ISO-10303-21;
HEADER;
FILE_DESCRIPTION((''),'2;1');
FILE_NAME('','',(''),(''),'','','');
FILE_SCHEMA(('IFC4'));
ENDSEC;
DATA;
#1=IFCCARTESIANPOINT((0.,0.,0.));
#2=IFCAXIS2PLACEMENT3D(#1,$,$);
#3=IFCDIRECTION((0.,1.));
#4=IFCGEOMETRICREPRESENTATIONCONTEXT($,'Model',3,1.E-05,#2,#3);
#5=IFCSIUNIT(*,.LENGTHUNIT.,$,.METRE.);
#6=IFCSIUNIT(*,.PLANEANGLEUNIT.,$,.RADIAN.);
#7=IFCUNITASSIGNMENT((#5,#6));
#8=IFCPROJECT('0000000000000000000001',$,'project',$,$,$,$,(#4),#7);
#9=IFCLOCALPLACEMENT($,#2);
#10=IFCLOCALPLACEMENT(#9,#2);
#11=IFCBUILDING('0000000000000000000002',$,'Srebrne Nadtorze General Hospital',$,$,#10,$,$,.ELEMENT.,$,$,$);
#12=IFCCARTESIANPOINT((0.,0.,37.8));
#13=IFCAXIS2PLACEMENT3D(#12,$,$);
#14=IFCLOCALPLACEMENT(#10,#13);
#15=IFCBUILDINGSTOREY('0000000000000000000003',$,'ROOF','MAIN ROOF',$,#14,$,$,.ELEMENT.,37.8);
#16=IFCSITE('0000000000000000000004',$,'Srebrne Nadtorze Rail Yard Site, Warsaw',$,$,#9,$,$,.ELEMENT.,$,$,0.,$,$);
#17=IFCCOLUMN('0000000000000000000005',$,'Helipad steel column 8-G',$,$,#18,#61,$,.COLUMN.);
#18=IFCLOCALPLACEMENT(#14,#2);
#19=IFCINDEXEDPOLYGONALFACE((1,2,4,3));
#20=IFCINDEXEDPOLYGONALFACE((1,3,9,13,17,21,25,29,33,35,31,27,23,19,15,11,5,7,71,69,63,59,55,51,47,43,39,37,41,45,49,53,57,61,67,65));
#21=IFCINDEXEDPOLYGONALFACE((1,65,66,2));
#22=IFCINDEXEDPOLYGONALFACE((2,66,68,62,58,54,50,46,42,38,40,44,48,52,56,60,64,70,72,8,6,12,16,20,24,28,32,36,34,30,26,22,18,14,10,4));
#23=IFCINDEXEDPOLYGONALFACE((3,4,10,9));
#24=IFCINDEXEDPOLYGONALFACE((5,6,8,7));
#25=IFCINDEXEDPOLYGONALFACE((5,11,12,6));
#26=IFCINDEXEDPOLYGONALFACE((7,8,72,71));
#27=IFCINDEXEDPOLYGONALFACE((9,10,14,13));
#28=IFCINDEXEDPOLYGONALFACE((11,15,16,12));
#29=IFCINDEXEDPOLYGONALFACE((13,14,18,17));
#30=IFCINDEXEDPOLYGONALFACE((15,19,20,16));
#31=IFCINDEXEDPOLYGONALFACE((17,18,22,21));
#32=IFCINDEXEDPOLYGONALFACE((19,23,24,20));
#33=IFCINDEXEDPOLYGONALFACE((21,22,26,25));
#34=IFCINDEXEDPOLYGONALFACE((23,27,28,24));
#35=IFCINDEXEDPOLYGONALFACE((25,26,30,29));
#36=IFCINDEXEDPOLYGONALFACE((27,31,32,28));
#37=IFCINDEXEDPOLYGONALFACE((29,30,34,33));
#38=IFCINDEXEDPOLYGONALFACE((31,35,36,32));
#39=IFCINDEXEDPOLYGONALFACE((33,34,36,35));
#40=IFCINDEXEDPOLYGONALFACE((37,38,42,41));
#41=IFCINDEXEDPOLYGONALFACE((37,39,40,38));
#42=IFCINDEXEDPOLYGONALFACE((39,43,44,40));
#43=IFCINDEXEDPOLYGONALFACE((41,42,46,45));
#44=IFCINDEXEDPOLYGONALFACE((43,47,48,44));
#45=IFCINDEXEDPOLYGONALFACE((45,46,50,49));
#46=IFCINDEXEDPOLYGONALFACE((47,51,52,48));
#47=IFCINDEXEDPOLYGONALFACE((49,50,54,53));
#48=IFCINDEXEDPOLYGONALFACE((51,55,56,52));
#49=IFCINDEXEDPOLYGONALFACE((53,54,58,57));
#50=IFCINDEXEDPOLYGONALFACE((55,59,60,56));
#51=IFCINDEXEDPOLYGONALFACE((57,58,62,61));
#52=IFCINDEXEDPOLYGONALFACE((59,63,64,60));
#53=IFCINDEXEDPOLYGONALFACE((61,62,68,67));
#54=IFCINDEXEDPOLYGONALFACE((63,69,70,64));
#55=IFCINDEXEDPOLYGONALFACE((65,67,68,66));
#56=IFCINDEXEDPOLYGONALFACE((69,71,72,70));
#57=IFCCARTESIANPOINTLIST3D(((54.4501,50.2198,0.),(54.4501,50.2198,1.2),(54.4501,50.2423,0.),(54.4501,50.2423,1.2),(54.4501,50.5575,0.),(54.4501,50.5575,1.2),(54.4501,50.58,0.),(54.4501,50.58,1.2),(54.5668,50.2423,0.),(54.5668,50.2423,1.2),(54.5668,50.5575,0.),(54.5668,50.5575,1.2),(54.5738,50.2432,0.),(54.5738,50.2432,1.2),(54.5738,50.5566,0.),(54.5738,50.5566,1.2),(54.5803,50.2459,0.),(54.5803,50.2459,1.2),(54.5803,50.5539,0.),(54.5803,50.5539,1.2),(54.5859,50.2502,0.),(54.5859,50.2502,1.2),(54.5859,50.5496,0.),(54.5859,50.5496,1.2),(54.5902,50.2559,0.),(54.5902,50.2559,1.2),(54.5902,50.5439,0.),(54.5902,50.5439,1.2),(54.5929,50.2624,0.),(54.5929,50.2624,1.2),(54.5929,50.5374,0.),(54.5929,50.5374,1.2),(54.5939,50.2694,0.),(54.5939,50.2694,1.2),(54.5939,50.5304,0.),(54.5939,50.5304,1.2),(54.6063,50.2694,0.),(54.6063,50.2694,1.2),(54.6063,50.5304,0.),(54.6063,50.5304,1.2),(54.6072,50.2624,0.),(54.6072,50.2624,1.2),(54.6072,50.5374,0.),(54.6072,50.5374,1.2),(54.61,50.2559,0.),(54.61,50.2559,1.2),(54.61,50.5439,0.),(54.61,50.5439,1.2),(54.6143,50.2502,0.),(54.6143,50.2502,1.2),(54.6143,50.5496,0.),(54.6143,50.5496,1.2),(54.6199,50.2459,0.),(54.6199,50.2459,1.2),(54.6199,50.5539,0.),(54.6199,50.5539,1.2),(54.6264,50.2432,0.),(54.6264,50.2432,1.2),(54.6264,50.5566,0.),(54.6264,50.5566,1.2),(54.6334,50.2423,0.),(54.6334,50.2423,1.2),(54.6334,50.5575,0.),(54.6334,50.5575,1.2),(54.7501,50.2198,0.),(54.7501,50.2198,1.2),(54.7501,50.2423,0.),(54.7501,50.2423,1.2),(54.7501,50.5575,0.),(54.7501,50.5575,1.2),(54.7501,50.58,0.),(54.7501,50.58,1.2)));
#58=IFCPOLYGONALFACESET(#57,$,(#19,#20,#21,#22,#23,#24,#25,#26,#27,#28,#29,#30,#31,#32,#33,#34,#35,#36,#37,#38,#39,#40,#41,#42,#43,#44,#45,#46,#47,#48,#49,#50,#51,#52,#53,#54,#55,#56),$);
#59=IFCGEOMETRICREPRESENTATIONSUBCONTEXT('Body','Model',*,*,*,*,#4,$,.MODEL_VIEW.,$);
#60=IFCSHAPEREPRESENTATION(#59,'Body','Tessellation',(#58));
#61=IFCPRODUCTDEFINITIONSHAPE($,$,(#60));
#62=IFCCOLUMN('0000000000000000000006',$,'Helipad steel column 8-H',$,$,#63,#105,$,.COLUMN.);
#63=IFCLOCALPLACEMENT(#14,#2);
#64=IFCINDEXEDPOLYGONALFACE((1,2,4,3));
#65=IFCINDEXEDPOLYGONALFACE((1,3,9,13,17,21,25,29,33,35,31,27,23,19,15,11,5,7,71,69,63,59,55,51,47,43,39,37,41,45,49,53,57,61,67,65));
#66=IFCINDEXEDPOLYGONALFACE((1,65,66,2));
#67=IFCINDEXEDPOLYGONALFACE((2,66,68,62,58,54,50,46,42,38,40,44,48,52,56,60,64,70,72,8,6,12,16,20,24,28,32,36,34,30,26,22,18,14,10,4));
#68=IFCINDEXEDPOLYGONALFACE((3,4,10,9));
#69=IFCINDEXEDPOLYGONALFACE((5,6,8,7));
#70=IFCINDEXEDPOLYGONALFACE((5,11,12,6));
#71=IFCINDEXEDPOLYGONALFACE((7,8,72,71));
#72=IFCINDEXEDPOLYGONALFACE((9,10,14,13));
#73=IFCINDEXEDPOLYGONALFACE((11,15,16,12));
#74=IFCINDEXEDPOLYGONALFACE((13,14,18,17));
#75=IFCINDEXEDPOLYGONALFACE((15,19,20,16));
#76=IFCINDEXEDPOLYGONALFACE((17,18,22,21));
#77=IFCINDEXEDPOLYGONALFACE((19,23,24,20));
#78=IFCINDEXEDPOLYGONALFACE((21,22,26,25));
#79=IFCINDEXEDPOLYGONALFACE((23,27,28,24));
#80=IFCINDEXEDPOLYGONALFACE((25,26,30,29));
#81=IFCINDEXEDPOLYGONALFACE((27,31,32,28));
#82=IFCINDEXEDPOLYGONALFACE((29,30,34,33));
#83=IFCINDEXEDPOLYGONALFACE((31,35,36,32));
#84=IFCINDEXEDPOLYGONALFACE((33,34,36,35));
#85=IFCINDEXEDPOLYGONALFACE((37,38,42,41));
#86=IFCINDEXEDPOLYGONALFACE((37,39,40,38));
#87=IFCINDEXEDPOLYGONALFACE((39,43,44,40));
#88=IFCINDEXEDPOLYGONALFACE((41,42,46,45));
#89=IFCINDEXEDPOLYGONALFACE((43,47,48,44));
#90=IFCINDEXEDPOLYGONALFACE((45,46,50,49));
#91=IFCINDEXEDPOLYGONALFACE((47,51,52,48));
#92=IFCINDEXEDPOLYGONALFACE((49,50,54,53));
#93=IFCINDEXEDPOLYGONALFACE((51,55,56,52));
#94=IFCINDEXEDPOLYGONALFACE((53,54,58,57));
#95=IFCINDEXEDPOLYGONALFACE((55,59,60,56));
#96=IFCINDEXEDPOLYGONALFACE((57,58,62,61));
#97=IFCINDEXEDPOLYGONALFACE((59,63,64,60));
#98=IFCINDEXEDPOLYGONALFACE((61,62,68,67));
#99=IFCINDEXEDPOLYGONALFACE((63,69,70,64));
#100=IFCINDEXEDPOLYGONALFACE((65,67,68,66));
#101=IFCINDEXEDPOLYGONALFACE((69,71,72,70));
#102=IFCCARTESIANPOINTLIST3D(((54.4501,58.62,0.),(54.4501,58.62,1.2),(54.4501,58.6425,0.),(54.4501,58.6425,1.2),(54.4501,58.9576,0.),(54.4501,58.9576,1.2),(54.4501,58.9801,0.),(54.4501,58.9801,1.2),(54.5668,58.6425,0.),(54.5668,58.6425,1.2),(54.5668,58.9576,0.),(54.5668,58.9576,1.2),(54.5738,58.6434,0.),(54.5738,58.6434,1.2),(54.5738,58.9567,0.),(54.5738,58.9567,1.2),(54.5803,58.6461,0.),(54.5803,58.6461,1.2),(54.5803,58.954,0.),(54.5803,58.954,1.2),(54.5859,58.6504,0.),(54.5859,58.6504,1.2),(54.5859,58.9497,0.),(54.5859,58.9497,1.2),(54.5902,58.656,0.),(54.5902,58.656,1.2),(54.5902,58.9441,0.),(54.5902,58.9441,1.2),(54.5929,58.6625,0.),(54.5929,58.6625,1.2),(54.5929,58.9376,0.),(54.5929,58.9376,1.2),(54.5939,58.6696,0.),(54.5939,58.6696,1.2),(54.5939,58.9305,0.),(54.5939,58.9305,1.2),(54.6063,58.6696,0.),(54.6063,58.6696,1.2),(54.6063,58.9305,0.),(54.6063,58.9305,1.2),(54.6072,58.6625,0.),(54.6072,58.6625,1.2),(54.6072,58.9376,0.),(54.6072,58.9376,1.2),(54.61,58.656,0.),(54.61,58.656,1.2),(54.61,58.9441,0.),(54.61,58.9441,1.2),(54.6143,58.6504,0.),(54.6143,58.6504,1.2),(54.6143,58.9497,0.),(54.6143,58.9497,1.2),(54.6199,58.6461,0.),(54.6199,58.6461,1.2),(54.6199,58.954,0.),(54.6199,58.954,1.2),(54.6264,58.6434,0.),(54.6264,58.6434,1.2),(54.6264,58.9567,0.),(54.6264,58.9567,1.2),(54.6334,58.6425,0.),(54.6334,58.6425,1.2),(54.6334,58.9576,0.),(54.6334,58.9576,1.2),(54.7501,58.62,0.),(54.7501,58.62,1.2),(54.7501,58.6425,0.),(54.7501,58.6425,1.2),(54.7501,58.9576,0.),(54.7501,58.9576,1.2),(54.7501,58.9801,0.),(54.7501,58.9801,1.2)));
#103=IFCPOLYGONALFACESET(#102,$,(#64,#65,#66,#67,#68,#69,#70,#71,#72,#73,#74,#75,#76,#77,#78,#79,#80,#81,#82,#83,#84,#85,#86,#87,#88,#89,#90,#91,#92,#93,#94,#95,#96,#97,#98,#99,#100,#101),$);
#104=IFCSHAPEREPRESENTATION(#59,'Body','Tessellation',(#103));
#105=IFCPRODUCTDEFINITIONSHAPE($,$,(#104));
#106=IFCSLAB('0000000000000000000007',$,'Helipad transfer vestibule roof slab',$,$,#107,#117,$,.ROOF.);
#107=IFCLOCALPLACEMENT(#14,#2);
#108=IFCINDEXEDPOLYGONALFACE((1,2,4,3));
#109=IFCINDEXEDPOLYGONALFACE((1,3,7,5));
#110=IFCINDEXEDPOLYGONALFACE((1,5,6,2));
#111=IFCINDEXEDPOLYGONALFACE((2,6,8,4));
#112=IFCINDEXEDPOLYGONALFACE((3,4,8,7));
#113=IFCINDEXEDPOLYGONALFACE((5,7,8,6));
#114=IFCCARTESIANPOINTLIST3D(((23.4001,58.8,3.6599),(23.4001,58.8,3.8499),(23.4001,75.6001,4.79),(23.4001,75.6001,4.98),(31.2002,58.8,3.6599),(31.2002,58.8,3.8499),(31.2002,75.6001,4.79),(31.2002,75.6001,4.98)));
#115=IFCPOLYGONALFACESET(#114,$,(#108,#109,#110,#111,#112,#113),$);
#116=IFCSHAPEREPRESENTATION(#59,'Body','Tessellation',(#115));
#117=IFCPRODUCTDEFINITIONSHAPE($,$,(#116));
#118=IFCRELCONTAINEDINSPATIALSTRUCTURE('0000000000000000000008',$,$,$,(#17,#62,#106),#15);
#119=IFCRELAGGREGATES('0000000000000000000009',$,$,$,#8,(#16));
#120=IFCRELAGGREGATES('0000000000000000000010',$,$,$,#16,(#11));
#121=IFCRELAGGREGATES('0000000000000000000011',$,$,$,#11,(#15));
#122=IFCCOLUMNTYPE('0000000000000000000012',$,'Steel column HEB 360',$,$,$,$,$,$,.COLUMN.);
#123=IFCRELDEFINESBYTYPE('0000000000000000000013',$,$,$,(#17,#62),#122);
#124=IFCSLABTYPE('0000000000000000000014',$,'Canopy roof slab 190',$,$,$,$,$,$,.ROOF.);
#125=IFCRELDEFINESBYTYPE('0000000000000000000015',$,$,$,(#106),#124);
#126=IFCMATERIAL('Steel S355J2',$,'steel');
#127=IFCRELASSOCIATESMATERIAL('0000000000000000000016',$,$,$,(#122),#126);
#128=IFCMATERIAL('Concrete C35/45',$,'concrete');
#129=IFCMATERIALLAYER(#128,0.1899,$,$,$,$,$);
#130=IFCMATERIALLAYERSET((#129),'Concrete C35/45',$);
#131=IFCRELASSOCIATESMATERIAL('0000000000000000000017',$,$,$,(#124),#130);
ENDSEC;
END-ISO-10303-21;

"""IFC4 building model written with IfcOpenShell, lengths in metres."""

from ifc_helpers import new_model, si_unit, direction, frame, origin, origin_2d, place, context, subcontext, project, spatial, polyline, i_section, outline, extrude, material, layer, layer_set, material_profile, profile_set, type_object, element, save


model = new_model("IFC4")

# Units and contexts
model_context = context("Model", 3, precision=1e-05, world=origin(), true_north=direction((0.0, 1.0)))
body_context = subcontext(model_context, "Body", "Model", "MODEL_VIEW")
ifc_project = project(units=[si_unit("LENGTHUNIT", "METRE"), si_unit("PLANEANGLEUNIT", "RADIAN")], contexts=[model_context])

# Site, building, storey
site_placement = place(None, origin())
site = spatial("IfcSite", under=ifc_project, at=site_placement, Name="Srebrne Nadtorze Rail Yard Site, Warsaw", CompositionType="ELEMENT", RefElevation=0.0)
building_placement = place(site_placement, origin())
building = spatial("IfcBuilding", under=site, at=building_placement, Name="Srebrne Nadtorze General Hospital", CompositionType="ELEMENT")
storey_placement = place(building_placement, frame((0.0, 0.0, 37.8)))
storey = spatial("IfcBuildingStorey", under=building, at=storey_placement, Name="ROOF", Description="MAIN ROOF", CompositionType="ELEMENT", Elevation=37.8)

# Columns
ifc_material_1 = material(Name="Steel S355J2", Category="steel")
ifc_material_profile_1 = material_profile(ifc_material_1, i_section(OverallWidth=0.3, OverallDepth=0.3601, WebThickness=0.0125, FlangeThickness=0.0225, FilletRadius=0.0271, at=origin_2d()), Name="HEB-360")
ifc_profile_set_1 = profile_set([ifc_material_profile_1], Name="Steel S355J2")
column_type_1 = type_object("IfcColumnType", Name="Steel column HEB 360", PredefinedType="COLUMN", material=ifc_profile_set_1)
for number, where, z_axis, x_axis, name in (
    (1, (54.6001, 50.3999, 0.0), (0.0, 0.0, 1.0), (1.0, 0.0, 0.0), "Helipad steel column 8-G"),
    (2, (54.6001, 58.8, 0.0), (0.0, 0.0, 1.0), (1.0, 0.0, 0.0), "Helipad steel column 8-H"),
):
    element("IfcColumn", number, at=place(storey_placement, frame(where, z_axis=z_axis, x_axis=x_axis)), inside=storey, type_object=column_type_1, Name=name, PredefinedType="COLUMN", context=body_context, shape_type="SweptSolid", body=[
        extrude(i_section(OverallWidth=0.3, OverallDepth=0.3601, WebThickness=0.0125, FlangeThickness=0.0225, FilletRadius=0.0271, at=origin_2d()), origin(), (0.0, 0.0, 1.0), 1.2),
    ])

# Slab
ifc_material_2 = material(Name="Concrete C35/45", Category="concrete")
ifc_layer = layer(ifc_material_2, 0.1899)
ifc_layer_set = layer_set([ifc_layer], Name="Concrete C35/45")
slab_type = type_object("IfcSlabType", Name="Canopy roof slab 190", PredefinedType="ROOF", material=ifc_layer_set)
slab_placement = place(storey_placement, frame((27.3, 58.8, 3.8499), z_axis=(0.0, 0.0, 1.0), x_axis=(0.0, 1.0, 0.0)))
element("IfcSlab", 3, at=slab_placement, inside=storey, type_object=slab_type, Name="Helipad transfer vestibule roof slab", PredefinedType="ROOF", context=body_context, shape_type="SweptSolid", body=[
    extrude(outline(polyline([(0.0, 0.0), (16.8, 1.1301), (16.8, 0.9402), (0.0, -0.1899), (0.0, 0.0)])), frame((0.0, 3.8999, 0.0), z_axis=(0.0, -1.0, 0.0), x_axis=(1.0, 0.0, 0.0)), (0.0, 0.0, 1.0), 7.8),
])

save(model, "model.ifc")
